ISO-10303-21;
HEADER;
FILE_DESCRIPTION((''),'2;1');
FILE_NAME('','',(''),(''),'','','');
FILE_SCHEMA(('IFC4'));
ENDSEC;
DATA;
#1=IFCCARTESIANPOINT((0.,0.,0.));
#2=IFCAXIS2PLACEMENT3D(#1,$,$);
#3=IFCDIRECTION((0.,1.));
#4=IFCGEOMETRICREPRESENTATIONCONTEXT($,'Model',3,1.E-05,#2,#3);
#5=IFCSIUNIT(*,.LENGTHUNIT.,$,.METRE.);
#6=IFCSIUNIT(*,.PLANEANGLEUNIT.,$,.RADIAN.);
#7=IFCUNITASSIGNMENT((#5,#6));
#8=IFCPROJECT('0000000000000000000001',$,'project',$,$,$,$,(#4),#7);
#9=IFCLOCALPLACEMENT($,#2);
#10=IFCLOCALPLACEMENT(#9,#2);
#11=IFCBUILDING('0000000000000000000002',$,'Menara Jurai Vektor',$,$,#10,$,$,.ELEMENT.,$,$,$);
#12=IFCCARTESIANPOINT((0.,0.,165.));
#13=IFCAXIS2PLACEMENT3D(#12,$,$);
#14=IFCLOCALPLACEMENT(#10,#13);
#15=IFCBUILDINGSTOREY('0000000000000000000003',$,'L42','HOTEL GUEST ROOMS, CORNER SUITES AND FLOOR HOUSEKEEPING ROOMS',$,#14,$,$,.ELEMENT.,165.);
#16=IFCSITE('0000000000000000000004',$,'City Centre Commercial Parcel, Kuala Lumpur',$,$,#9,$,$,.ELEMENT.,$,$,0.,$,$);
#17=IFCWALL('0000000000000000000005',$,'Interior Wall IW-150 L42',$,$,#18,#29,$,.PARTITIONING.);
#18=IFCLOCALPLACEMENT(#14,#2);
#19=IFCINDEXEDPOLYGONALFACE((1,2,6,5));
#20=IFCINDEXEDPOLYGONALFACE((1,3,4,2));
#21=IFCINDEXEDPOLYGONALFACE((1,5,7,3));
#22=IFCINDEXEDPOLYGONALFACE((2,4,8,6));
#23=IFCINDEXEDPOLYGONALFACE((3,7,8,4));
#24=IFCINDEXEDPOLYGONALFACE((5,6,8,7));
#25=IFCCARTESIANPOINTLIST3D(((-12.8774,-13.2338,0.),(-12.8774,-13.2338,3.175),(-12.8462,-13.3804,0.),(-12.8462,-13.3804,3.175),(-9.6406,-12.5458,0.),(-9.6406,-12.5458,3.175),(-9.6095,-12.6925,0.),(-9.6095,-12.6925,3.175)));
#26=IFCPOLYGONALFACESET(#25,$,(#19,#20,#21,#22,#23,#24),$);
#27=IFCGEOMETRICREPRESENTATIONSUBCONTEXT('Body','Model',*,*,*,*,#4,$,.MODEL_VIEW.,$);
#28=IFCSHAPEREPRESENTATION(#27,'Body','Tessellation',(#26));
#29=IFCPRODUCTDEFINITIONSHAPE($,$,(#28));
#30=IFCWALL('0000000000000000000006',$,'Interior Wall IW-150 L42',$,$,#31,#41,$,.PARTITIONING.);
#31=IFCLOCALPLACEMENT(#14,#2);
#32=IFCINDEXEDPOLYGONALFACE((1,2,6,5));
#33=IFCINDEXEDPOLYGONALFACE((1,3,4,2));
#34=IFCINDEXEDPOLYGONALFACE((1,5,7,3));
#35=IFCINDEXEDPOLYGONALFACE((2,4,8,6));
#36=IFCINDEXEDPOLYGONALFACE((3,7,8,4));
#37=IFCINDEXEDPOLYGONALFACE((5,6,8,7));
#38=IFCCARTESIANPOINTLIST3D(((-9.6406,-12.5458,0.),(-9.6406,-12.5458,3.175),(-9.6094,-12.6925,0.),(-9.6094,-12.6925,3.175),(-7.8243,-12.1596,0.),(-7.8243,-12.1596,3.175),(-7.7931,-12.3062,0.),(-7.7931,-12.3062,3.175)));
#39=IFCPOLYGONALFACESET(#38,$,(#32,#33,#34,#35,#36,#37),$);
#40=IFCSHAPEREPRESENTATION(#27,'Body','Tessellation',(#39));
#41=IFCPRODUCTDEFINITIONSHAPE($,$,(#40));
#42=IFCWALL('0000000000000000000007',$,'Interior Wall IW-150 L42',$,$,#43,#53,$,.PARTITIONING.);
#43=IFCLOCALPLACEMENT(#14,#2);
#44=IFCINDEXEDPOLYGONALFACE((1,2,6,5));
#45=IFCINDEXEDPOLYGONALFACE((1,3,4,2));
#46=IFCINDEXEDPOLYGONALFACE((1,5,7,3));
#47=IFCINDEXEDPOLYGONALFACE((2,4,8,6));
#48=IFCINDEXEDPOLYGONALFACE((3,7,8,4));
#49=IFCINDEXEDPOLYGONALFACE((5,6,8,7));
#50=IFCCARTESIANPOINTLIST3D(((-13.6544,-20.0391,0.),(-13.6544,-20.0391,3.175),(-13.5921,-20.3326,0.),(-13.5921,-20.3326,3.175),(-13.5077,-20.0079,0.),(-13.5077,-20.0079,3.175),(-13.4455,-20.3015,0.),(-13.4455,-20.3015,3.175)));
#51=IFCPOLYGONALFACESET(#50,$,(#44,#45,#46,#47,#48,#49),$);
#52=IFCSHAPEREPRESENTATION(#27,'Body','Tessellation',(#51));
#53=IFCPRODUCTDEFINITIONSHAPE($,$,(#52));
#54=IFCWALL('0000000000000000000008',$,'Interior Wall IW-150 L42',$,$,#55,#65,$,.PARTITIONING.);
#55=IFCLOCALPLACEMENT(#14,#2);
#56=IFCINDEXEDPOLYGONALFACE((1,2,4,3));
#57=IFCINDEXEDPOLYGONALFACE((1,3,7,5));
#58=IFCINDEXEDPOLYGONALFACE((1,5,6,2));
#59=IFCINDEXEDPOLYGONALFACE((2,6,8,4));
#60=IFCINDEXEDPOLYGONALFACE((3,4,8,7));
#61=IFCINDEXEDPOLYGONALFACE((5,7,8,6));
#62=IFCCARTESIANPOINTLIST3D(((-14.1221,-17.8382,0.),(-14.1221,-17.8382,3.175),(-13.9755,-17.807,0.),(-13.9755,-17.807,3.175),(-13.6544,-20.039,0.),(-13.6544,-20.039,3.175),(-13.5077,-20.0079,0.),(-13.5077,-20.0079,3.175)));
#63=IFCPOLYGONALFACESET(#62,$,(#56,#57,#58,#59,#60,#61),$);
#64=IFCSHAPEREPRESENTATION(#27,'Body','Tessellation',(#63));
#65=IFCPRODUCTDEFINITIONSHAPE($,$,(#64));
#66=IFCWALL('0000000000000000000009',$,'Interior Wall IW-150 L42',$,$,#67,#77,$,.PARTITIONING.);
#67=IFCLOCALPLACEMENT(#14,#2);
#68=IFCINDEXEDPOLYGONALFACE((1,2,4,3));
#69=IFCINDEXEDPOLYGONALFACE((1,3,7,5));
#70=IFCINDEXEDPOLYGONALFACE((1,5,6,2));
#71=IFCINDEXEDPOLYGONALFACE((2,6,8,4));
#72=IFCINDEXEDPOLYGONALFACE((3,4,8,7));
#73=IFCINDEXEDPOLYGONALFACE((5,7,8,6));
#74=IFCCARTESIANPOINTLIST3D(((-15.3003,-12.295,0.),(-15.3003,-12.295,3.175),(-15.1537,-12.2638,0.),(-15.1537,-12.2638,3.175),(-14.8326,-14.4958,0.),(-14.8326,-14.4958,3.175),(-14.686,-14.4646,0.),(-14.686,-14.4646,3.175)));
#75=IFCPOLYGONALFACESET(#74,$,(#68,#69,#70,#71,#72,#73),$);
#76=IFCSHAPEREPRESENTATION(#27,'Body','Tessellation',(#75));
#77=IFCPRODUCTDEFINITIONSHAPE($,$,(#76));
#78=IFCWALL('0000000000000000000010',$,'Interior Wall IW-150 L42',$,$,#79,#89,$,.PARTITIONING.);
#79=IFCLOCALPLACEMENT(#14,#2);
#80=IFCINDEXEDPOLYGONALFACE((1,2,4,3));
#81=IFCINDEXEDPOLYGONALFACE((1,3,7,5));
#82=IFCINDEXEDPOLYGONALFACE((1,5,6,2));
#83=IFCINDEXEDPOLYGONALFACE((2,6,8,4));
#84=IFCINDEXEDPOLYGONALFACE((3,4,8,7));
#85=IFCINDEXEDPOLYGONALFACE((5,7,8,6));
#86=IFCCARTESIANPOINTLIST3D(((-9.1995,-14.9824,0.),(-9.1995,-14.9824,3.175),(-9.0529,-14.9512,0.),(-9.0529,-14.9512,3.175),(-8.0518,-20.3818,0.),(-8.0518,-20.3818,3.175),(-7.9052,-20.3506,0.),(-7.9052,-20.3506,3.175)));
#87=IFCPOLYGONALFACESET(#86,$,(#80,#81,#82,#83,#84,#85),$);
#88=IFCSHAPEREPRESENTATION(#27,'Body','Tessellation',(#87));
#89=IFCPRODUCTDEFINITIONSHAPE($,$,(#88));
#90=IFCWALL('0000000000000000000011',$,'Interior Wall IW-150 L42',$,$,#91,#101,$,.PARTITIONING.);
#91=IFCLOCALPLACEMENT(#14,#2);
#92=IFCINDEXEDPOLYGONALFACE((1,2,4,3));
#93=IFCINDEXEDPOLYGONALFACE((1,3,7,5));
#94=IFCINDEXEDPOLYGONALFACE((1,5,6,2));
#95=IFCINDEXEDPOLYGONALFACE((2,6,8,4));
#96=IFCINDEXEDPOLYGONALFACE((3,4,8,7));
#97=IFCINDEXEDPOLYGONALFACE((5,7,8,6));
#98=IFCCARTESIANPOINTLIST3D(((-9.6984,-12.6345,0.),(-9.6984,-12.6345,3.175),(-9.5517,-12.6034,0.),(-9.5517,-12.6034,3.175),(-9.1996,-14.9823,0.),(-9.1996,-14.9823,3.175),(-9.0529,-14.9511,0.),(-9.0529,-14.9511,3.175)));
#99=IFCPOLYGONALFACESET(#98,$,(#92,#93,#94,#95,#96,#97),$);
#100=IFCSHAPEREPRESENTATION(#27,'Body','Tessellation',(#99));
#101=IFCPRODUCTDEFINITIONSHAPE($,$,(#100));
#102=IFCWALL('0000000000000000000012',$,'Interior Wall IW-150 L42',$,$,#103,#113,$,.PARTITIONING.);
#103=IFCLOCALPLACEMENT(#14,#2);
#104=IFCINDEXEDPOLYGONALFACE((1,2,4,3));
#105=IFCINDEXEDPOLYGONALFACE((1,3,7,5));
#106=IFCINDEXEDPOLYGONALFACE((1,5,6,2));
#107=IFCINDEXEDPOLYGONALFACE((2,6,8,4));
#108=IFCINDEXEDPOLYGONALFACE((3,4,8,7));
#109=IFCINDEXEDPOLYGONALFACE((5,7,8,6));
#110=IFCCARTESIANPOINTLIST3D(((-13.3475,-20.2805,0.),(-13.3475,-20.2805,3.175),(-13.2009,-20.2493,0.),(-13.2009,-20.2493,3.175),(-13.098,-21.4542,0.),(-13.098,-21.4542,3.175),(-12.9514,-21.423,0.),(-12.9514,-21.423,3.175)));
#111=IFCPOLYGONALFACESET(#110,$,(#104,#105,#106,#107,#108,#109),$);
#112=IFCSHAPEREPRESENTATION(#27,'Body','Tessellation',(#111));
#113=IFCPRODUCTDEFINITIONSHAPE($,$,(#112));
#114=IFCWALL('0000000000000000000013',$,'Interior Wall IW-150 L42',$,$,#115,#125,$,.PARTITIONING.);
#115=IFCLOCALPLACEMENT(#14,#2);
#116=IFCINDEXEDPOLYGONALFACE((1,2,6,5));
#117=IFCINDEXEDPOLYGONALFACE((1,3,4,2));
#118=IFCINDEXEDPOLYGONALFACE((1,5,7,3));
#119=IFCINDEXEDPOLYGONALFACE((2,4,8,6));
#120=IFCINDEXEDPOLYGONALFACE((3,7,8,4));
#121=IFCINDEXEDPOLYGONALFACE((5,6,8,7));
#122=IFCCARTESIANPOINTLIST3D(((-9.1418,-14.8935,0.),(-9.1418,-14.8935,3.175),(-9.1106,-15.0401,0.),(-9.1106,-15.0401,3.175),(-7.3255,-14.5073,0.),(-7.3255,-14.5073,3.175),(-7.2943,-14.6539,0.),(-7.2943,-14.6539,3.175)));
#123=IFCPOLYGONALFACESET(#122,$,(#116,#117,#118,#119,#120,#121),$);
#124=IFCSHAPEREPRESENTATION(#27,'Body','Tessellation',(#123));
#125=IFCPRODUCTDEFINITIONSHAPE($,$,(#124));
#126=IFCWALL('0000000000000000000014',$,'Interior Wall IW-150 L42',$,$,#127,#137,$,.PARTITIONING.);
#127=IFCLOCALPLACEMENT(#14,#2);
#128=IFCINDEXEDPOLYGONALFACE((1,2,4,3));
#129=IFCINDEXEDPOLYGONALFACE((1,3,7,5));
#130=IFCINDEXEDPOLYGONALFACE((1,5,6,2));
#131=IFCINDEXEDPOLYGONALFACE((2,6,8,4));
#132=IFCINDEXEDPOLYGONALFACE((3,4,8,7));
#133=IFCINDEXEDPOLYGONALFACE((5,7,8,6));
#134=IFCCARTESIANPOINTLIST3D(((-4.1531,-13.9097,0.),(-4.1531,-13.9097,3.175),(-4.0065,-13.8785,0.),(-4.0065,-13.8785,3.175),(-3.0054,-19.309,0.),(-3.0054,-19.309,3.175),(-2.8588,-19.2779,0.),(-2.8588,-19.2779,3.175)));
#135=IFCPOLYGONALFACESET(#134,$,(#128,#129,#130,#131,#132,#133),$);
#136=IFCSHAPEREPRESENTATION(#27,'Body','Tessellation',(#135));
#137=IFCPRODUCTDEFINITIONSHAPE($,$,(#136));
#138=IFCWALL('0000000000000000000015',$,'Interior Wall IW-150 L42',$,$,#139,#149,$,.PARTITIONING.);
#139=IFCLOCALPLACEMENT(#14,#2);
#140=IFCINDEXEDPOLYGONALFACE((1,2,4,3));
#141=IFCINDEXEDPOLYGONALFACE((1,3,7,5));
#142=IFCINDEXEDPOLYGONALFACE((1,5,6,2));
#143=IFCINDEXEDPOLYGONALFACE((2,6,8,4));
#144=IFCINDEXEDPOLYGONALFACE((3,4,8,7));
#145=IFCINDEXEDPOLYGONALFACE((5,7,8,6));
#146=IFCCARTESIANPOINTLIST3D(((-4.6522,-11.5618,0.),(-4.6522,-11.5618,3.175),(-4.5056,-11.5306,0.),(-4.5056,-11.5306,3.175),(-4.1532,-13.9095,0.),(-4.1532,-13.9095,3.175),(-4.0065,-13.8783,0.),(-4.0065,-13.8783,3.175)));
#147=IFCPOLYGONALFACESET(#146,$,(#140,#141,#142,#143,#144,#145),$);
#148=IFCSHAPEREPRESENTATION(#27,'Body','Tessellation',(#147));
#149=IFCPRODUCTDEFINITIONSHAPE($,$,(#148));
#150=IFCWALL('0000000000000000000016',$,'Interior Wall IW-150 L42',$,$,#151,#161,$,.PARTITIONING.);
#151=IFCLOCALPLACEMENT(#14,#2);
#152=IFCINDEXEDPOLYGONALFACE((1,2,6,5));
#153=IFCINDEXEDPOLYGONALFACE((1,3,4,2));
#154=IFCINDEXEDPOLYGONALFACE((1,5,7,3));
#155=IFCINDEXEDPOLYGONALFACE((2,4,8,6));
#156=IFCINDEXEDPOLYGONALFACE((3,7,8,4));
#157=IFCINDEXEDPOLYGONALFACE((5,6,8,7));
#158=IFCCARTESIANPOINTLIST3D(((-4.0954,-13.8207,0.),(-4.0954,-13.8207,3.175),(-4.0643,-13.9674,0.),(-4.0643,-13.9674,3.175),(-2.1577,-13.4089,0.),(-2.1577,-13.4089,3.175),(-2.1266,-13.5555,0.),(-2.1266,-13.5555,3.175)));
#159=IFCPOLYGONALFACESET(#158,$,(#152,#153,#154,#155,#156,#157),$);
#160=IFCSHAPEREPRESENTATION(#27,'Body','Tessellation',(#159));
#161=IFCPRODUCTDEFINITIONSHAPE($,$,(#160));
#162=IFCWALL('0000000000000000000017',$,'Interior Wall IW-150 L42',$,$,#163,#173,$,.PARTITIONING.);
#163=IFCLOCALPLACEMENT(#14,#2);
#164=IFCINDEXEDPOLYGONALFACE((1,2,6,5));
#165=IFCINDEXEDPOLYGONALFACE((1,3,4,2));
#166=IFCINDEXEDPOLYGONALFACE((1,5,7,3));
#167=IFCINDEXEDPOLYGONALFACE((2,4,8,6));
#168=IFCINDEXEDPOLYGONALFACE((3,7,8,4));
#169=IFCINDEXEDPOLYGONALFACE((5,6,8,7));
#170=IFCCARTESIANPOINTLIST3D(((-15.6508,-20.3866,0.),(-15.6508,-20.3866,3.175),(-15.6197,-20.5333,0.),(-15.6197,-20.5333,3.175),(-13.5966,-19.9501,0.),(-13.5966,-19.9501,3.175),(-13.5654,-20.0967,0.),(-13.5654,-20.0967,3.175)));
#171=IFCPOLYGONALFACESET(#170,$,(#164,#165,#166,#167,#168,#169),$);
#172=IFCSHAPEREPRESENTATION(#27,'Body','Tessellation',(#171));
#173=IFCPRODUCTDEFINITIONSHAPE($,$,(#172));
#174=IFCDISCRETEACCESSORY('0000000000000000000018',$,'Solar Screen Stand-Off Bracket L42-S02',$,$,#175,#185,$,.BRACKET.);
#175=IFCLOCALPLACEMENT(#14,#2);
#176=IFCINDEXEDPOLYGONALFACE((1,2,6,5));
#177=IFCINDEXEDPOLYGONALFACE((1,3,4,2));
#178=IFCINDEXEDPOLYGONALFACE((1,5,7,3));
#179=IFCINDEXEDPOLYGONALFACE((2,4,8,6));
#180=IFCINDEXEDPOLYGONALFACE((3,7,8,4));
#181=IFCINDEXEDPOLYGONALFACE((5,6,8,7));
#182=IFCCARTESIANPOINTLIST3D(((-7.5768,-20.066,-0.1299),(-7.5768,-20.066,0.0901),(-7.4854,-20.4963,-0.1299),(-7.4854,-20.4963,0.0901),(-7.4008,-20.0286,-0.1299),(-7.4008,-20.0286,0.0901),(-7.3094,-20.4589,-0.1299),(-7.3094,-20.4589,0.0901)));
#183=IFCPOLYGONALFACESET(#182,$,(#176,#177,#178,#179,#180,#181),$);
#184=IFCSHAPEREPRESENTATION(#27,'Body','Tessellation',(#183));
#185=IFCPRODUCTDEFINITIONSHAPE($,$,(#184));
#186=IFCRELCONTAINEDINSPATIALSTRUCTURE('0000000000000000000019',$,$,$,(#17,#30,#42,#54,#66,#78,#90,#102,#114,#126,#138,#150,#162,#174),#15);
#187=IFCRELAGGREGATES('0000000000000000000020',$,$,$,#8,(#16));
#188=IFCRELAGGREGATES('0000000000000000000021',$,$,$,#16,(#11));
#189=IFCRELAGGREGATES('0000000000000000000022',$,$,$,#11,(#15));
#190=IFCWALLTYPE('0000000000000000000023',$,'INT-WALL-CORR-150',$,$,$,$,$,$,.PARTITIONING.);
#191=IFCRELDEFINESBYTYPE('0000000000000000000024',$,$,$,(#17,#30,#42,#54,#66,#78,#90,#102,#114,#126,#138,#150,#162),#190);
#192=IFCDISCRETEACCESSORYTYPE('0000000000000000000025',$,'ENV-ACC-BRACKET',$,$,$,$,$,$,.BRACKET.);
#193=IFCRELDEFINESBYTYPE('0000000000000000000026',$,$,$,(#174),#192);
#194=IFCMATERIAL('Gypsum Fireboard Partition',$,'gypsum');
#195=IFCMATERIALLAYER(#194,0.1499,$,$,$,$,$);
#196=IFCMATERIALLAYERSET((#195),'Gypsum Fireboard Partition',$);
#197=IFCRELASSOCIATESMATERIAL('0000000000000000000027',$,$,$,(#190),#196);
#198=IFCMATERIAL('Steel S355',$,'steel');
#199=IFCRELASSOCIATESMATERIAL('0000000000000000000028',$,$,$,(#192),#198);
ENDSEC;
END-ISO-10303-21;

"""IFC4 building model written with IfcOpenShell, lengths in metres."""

from ifc_helpers import new_model, si_unit, direction, frame, frame_2d, origin, origin_2d, place, context, subcontext, project, spatial, rectangle, extrude, material, layer, layer_set, type_object, element, save


model = new_model("IFC4")

# Units and contexts
model_context = context("Model", 3, precision=1e-05, world=origin(), true_north=direction((0.0, 1.0)))
body_context = subcontext(model_context, "Body", "Model", "MODEL_VIEW")
ifc_project = project(units=[si_unit("LENGTHUNIT", "METRE"), si_unit("PLANEANGLEUNIT", "RADIAN")], contexts=[model_context])

# Site, building, storey
site_placement = place(None, origin())
site = spatial("IfcSite", under=ifc_project, at=site_placement, Name="City Centre Commercial Parcel, Kuala Lumpur", CompositionType="ELEMENT", RefElevation=0.0)
building_placement = place(site_placement, origin())
building = spatial("IfcBuilding", under=site, at=building_placement, Name="Menara Jurai Vektor", CompositionType="ELEMENT")
storey_placement = place(building_placement, frame((0.0, 0.0, 165.0)))
storey = spatial("IfcBuildingStorey", under=building, at=storey_placement, Name="L42", Description="HOTEL GUEST ROOMS, CORNER SUITES AND FLOOR HOUSEKEEPING ROOMS", CompositionType="ELEMENT", Elevation=165.0)

# Shared definitions
ifc_material_1 = material(Name="Steel S355", Category="steel")

# Shared definitions
ifc_material_2 = material(Name="Gypsum Fireboard Partition", Category="gypsum")
ifc_layer_1 = layer(ifc_material_2, 0.1499)
ifc_layer_set_1 = layer_set([ifc_layer_1], Name="Gypsum Fireboard Partition")
wall_type = type_object("IfcWallType", Name="INT-WALL-CORR-150", PredefinedType="PARTITIONING", material=ifc_layer_set_1)

# Walls
wall_1_placement = place(storey_placement, frame((-12.8618, -13.3071, 0.0), z_axis=(0.0, 0.0, 1.0), x_axis=(0.978149, 0.207906, 0.0)))
element("IfcWall", 1, at=wall_1_placement, inside=storey, type_object=wall_type, Name="Interior Wall IW-150 L42", PredefinedType="PARTITIONING", context=body_context, shape_type="SweptSolid", body=[
    extrude(rectangle(XDim=3.3091, YDim=0.1499, at=frame_2d((1.6545, 0.0))), origin(), (0.0, 0.0, 1.0), 3.175),
])
wall_2_placement = place(storey_placement, frame((-9.625, -12.6191, 0.0), z_axis=(0.0, 0.0, 1.0), x_axis=(0.978132, 0.207985, 0.0)))
element("IfcWall", 2, at=wall_2_placement, inside=storey, type_object=wall_type, Name="Interior Wall IW-150 L42", PredefinedType="PARTITIONING", context=body_context, shape_type="SweptSolid", body=[
    extrude(rectangle(XDim=1.8569, YDim=0.1499, at=frame_2d((0.9285, 0.0))), origin(), (0.0, 0.0, 1.0), 3.175),
])
wall_3_placement = place(storey_placement, frame((-13.5188, -20.3169, 0.0), z_axis=(0.0, 0.0, 1.0), x_axis=(-0.207528, 0.978229, 0.0)))
element("IfcWall", 3, at=wall_3_placement, inside=storey, type_object=wall_type, Name="Interior Wall IW-150 L42", PredefinedType="PARTITIONING", context=body_context, shape_type="SweptSolid", body=[
    extrude(rectangle(XDim=0.3, YDim=0.1499, at=frame_2d((0.1499, 0.0))), origin(), (0.0, 0.0, 1.0), 3.175),
])

# Walls
for number, where, z_axis, x_axis, name in (
    (4, (-13.5811, -20.0234, 0.0), (0.0, 0.0, 1.0), (-0.207891, 0.978152, 0.0), "Interior Wall IW-150 L42"),
    (5, (-14.7593, -14.4802, 0.0), (0.0, 0.0, 1.0), (-0.207891, 0.978152, 0.0), "Interior Wall IW-150 L42"),
):
    element("IfcWall", number, at=place(storey_placement, frame(where, z_axis=z_axis, x_axis=x_axis)), inside=storey, type_object=wall_type, Name=name, PredefinedType="PARTITIONING", context=body_context, shape_type="SweptSolid", body=[
        extrude(rectangle(XDim=2.25, YDim=0.1499, at=frame_2d((1.125, 0.0))), origin(), (0.0, 0.0, 1.0), 3.175),
    ])
wall_4_placement = place(storey_placement, frame((-7.9785, -20.3662, 0.0), z_axis=(0.0, 0.0, 1.0), x_axis=(-0.207916, 0.978147, 0.0)))
element("IfcWall", 6, at=wall_4_placement, inside=storey, type_object=wall_type, Name="Interior Wall IW-150 L42", PredefinedType="PARTITIONING", context=body_context, shape_type="SweptSolid", body=[
    extrude(rectangle(XDim=5.52, YDim=0.1499, at=frame_2d((2.76, 0.0))), origin(), (0.0, 0.0, 1.0), 3.175),
])
wall_5_placement = place(storey_placement, frame((-9.1262, -14.9668, 0.0), z_axis=(0.0, 0.0, 1.0), x_axis=(-0.20782, 0.978167, 0.0)))
element("IfcWall", 7, at=wall_5_placement, inside=storey, type_object=wall_type, Name="Interior Wall IW-150 L42", PredefinedType="PARTITIONING", context=body_context, shape_type="SweptSolid", body=[
    extrude(rectangle(XDim=2.4001, YDim=0.1499, at=frame_2d((1.2002, 0.0))), origin(), (0.0, 0.0, 1.0), 3.175),
])
wall_6_placement = place(storey_placement, frame((-13.0247, -21.4387, 0.0), z_axis=(0.0, 0.0, 1.0), x_axis=(-0.207917, 0.978146, 0.0)))
element("IfcWall", 8, at=wall_6_placement, inside=storey, type_object=wall_type, Name="Interior Wall IW-150 L42", PredefinedType="PARTITIONING", context=body_context, shape_type="SweptSolid", body=[
    extrude(rectangle(XDim=1.2, YDim=0.1499, at=frame_2d((0.6001, 0.0))), origin(), (0.0, 0.0, 1.0), 3.175),
])
wall_7_placement = place(storey_placement, frame((-9.1262, -14.9668, 0.0), z_axis=(0.0, 0.0, 1.0), x_axis=(0.978132, 0.207985, 0.0)))
element("IfcWall", 9, at=wall_7_placement, inside=storey, type_object=wall_type, Name="Interior Wall IW-150 L42", PredefinedType="PARTITIONING", context=body_context, shape_type="SweptSolid", body=[
    extrude(rectangle(XDim=1.8569, YDim=0.1499, at=frame_2d((0.9285, 0.0))), origin(), (0.0, 0.0, 1.0), 3.175),
])

# Walls
wall_8_placement = place(storey_placement, frame((-2.9321, -19.2935, 0.0), z_axis=(0.0, 0.0, 1.0), x_axis=(-0.207916, 0.978147, 0.0)))
element("IfcWall", 10, at=wall_8_placement, inside=storey, type_object=wall_type, Name="Interior Wall IW-150 L42", PredefinedType="PARTITIONING", context=body_context, shape_type="SweptSolid", body=[
    extrude(rectangle(XDim=5.52, YDim=0.1499, at=frame_2d((2.76, 0.0))), origin(), (0.0, 0.0, 1.0), 3.175),
])
wall_9_placement = place(storey_placement, frame((-4.0798, -13.894, 0.0), z_axis=(0.0, 0.0, 1.0), x_axis=(-0.207917, 0.978146, 0.0)))
element("IfcWall", 11, at=wall_9_placement, inside=storey, type_object=wall_type, Name="Interior Wall IW-150 L42", PredefinedType="PARTITIONING", context=body_context, shape_type="SweptSolid", body=[
    extrude(rectangle(XDim=2.4001, YDim=0.1499, at=frame_2d((1.2002, 0.0))), origin(), (0.0, 0.0, 1.0), 3.175),
])
wall_10_placement = place(storey_placement, frame((-4.0798, -13.894, 0.0), z_axis=(0.0, 0.0, 1.0), x_axis=(0.978149, 0.207904, 0.0)))
element("IfcWall", 12, at=wall_10_placement, inside=storey, type_object=wall_type, Name="Interior Wall IW-150 L42", PredefinedType="PARTITIONING", context=body_context, shape_type="SweptSolid", body=[
    extrude(rectangle(XDim=1.981, YDim=0.1499, at=frame_2d((0.9905, 0.0))), origin(), (0.0, 0.0, 1.0), 3.175),
])

# Wall
wall_11_placement = place(storey_placement, frame((-15.6353, -20.46, 0.0), z_axis=(0.0, 0.0, 1.0), x_axis=(0.978158, 0.207862, 0.0)))
element("IfcWall", 13, at=wall_11_placement, inside=storey, type_object=wall_type, Name="Interior Wall IW-150 L42", PredefinedType="PARTITIONING", context=body_context, shape_type="SweptSolid", body=[
    extrude(rectangle(XDim=2.1001, YDim=0.1499, at=frame_2d((1.05, 0.0))), origin(), (0.0, 0.0, 1.0), 3.175),
])

# Discrete accessory
discrete_accessory_type = type_object("IfcDiscreteAccessoryType", Name="ENV-ACC-BRACKET", PredefinedType="BRACKET", material=ifc_material_1)
discrete_accessory_placement = place(storey_placement, frame((-7.4431, -20.2625, -0.1299), z_axis=(0.0, 0.0, 1.0), x_axis=(0.978148, 0.207912, 0.0)))
element("IfcDiscreteAccessory", 14, at=discrete_accessory_placement, inside=storey, type_object=discrete_accessory_type, Name="Solar Screen Stand-Off Bracket L42-S02", PredefinedType="BRACKET", context=body_context, shape_type="SweptSolid", body=[
    extrude(rectangle(XDim=0.1799, YDim=0.4399, at=origin_2d()), origin(), (0.0, 0.0, 1.0), 0.22),
])

save(model, "model.ifc")
